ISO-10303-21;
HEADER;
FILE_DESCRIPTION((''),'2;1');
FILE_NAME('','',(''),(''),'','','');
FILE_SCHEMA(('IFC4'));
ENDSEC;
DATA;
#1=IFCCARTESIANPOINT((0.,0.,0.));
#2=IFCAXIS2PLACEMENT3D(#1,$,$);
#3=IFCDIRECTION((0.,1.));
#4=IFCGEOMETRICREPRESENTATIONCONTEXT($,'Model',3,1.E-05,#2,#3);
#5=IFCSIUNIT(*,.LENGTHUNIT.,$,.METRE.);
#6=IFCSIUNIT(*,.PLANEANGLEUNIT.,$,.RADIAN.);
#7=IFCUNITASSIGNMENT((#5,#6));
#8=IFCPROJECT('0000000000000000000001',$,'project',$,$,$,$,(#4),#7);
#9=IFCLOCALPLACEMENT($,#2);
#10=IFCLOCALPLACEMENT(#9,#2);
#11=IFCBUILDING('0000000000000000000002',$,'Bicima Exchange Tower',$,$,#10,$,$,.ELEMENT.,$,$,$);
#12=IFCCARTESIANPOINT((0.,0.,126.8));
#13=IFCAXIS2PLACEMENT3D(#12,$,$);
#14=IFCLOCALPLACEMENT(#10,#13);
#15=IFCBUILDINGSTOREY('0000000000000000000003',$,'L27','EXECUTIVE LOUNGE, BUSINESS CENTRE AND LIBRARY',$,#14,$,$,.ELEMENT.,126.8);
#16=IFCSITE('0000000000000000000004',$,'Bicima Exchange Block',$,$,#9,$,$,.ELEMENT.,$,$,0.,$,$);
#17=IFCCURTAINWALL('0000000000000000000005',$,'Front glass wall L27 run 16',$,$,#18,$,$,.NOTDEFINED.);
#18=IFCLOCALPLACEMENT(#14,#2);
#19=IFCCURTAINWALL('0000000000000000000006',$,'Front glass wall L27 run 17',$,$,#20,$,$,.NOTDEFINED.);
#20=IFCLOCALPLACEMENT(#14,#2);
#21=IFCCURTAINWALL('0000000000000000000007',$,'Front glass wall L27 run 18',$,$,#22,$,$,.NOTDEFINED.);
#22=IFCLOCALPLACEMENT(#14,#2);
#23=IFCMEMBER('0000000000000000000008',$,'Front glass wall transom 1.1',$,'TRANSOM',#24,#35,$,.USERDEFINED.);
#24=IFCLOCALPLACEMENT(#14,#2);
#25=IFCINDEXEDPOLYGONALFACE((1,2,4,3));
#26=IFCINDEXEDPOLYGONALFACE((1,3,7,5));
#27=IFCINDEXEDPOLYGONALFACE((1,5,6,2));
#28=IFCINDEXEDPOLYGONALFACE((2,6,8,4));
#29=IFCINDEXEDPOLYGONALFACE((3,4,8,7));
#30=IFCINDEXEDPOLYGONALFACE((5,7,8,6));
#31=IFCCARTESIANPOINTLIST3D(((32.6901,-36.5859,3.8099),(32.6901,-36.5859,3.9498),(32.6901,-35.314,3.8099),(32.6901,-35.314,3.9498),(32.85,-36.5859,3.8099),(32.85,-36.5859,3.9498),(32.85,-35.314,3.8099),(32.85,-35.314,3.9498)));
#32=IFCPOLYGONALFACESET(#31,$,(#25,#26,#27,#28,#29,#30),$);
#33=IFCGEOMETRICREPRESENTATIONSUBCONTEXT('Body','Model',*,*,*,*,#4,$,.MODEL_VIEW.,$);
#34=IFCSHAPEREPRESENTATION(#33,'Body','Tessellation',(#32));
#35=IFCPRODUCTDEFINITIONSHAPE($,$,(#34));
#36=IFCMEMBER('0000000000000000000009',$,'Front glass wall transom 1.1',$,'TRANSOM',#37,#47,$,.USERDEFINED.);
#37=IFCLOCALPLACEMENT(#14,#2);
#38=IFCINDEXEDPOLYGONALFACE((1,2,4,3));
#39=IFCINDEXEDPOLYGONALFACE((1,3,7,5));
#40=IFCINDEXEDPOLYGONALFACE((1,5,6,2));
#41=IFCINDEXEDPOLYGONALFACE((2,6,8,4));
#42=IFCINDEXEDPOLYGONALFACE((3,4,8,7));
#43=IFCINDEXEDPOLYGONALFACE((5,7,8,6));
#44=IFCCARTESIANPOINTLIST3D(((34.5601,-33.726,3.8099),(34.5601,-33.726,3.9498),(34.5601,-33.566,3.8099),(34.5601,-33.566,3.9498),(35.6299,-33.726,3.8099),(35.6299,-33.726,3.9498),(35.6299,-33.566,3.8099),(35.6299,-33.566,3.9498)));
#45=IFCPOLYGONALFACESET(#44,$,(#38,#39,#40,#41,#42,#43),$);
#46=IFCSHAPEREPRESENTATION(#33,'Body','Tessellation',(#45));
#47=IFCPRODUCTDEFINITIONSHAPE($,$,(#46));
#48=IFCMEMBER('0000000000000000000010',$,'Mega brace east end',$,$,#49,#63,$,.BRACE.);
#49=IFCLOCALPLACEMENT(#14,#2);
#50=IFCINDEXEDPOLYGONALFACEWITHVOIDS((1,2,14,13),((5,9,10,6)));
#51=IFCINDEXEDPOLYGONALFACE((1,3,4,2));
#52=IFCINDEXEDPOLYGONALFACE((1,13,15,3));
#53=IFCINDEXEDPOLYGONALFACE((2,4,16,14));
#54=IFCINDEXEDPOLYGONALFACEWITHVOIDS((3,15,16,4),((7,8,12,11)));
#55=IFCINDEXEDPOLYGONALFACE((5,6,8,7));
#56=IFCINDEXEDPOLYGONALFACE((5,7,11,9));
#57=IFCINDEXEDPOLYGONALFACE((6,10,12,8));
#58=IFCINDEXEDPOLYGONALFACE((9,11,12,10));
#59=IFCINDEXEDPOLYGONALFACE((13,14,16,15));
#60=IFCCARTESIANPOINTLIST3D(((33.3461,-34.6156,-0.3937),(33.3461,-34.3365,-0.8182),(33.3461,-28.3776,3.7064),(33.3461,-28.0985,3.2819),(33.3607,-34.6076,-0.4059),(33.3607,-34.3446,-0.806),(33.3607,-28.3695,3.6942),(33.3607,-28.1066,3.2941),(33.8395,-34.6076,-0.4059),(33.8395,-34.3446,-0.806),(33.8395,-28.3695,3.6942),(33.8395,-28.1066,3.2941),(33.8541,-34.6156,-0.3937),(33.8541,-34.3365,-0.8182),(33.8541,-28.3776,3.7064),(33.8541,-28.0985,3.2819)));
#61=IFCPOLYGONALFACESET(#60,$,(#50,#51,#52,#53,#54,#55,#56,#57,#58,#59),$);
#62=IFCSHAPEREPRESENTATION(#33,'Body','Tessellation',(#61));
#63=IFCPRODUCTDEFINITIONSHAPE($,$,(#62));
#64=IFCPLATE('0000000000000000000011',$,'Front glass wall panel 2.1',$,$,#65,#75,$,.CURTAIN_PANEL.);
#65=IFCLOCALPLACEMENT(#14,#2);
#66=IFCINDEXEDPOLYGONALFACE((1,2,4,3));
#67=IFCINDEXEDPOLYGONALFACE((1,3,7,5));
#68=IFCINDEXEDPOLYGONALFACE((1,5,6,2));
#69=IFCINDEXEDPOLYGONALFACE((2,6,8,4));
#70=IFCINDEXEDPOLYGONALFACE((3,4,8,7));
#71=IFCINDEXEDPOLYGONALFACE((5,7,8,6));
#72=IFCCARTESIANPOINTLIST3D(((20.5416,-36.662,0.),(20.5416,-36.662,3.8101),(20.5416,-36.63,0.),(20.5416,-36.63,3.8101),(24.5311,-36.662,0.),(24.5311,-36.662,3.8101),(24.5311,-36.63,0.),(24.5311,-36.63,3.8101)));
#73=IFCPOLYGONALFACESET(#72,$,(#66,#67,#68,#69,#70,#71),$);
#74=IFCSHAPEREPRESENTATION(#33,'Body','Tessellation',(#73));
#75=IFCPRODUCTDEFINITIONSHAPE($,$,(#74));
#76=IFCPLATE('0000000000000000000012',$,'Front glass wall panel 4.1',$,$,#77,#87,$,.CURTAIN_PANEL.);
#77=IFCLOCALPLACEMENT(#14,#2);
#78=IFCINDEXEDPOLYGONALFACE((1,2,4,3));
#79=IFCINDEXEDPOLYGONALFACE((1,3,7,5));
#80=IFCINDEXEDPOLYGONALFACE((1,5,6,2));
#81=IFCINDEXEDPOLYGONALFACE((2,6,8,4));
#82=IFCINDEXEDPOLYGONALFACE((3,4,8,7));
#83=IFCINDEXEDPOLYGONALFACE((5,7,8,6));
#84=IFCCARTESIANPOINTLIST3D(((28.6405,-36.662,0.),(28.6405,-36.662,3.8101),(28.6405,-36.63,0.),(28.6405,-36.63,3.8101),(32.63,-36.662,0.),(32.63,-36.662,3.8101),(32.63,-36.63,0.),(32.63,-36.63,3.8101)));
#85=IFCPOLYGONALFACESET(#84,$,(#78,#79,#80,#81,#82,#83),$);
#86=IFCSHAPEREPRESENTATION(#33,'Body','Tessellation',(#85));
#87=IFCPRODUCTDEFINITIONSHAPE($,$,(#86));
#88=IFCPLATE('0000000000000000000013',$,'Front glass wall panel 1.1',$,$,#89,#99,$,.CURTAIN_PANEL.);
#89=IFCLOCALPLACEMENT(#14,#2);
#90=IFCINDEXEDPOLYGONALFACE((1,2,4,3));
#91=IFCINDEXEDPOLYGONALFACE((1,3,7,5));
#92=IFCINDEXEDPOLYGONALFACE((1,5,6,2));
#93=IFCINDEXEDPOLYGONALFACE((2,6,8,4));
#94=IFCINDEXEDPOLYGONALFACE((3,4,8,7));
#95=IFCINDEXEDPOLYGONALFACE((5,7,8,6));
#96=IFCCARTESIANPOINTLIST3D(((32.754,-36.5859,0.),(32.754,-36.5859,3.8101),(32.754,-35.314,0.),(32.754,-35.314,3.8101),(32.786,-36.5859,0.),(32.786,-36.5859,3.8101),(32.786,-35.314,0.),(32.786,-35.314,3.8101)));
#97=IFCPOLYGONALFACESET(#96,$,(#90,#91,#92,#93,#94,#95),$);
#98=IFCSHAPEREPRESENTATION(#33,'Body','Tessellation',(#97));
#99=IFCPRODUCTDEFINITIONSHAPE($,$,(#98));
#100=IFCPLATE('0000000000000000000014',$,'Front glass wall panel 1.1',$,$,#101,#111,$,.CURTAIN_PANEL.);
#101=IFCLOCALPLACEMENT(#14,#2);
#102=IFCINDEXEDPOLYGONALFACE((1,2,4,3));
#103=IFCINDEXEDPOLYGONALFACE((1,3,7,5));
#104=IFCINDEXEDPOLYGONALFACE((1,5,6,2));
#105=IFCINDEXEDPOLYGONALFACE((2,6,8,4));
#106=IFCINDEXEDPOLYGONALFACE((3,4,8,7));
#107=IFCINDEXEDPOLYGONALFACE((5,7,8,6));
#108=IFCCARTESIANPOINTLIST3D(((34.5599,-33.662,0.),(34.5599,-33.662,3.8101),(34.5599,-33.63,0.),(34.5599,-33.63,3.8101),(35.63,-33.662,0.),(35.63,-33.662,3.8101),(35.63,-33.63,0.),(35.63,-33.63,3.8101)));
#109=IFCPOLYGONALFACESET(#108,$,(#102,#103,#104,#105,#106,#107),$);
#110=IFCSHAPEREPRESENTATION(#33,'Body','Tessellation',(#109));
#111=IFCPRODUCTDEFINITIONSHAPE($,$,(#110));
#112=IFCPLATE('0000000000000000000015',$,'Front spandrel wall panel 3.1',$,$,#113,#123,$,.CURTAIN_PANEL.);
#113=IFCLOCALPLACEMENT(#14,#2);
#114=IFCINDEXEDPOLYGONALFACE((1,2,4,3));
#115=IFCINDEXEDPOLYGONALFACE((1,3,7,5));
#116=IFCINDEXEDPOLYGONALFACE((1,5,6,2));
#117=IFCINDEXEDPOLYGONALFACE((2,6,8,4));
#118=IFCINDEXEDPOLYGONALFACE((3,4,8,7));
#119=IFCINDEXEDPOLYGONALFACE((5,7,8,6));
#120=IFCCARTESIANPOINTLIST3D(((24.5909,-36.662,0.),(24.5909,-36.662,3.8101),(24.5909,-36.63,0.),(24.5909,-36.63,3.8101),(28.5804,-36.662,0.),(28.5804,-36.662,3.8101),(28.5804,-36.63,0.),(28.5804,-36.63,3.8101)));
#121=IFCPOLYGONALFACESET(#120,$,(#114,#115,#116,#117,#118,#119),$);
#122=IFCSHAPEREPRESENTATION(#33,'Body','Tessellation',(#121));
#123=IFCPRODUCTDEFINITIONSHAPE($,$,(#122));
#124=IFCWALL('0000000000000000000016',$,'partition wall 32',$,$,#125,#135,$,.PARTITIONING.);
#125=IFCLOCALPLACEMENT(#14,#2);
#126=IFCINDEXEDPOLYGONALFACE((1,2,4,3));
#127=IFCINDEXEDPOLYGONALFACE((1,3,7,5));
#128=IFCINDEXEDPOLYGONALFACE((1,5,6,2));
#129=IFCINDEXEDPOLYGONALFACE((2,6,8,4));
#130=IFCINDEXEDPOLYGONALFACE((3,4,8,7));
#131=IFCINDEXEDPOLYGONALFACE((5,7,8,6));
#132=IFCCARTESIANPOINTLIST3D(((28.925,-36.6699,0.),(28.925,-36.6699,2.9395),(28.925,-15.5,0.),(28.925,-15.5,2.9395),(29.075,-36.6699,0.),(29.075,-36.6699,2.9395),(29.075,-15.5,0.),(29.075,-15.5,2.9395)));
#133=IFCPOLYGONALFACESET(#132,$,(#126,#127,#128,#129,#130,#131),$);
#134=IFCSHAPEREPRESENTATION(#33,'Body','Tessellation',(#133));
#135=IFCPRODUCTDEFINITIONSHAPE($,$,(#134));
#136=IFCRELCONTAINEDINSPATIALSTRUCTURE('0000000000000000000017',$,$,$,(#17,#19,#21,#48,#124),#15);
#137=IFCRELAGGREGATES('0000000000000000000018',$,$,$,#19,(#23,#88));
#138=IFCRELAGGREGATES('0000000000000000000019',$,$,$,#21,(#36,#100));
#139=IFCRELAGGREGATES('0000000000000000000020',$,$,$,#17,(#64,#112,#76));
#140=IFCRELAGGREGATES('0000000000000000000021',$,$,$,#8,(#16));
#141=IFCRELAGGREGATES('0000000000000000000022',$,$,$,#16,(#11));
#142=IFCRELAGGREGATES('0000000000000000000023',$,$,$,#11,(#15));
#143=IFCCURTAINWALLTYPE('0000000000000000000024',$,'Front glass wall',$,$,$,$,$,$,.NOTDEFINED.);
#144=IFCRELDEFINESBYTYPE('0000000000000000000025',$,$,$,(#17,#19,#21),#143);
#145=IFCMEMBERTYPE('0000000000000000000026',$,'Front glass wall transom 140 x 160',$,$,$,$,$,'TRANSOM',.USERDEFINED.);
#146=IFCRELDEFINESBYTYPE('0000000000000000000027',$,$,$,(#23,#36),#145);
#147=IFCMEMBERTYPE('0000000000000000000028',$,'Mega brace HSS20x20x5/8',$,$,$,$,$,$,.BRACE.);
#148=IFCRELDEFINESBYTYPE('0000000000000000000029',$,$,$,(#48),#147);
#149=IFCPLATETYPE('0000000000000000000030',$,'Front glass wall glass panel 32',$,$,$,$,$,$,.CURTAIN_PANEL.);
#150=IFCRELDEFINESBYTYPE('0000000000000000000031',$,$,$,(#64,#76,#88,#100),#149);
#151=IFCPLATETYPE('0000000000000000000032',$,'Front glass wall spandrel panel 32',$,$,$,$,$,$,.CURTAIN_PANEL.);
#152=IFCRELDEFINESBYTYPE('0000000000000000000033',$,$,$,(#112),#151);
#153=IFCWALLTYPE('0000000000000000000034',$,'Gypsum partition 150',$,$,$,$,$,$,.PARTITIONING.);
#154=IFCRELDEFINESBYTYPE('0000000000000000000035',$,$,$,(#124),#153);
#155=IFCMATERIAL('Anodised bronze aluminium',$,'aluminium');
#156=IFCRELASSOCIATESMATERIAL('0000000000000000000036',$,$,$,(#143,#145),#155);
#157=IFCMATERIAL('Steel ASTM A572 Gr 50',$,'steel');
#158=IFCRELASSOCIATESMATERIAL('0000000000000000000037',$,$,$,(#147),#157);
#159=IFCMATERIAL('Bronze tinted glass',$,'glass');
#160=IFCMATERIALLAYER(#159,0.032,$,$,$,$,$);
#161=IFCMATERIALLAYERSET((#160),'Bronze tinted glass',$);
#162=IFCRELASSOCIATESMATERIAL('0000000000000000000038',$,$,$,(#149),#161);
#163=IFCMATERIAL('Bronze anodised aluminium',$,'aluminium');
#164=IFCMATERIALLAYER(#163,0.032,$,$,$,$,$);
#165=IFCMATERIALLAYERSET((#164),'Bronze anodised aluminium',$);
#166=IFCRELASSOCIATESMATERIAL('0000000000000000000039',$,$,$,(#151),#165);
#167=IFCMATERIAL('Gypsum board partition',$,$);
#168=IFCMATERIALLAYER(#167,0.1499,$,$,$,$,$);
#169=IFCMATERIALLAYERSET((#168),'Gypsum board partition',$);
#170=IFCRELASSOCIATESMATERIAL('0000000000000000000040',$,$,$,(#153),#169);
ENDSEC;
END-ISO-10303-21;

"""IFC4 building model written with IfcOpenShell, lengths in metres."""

from ifc_helpers import new_model, si_unit, direction, frame, frame_2d, origin, origin_2d, place, context, subcontext, project, spatial, rectangle, hollow_rectangle, extrude, material, layer, layer_set, material_profile, profile_set, type_object, element, aggregate, save


model = new_model("IFC4")

# Units and contexts
model_context = context("Model", 3, precision=1e-05, world=origin(), true_north=direction((0.0, 1.0)))
body_context = subcontext(model_context, "Body", "Model", "MODEL_VIEW")
ifc_project = project(units=[si_unit("LENGTHUNIT", "METRE"), si_unit("PLANEANGLEUNIT", "RADIAN")], contexts=[model_context])

# Site, building, storey
site_placement = place(None, origin())
site = spatial("IfcSite", under=ifc_project, at=site_placement, Name="Bicima Exchange Block", CompositionType="ELEMENT", RefElevation=0.0)
building_placement = place(site_placement, origin())
building = spatial("IfcBuilding", under=site, at=building_placement, Name="Bicima Exchange Tower", CompositionType="ELEMENT")
storey_placement = place(building_placement, frame((0.0, 0.0, 126.8)))
storey = spatial("IfcBuildingStorey", under=building, at=storey_placement, Name="L27", Description="EXECUTIVE LOUNGE, BUSINESS CENTRE AND LIBRARY", CompositionType="ELEMENT", Elevation=126.8)

# Shared definitions
ifc_material_1 = material(Name="Steel ASTM A572 Gr 50", Category="steel")

# Curtain walls
ifc_material_2 = material(Name="Anodised bronze aluminium", Category="aluminium")
curtain_wall_type = type_object("IfcCurtainWallType", Name="Front glass wall", PredefinedType="NOTDEFINED", material=ifc_material_2)
curtain_wall_1_placement = place(storey_placement, origin())
curtain_wall_1 = element("IfcCurtainWall", 1, at=curtain_wall_1_placement, inside=storey, type_object=curtain_wall_type, Name="Front glass wall L27 run 16", PredefinedType="NOTDEFINED")
curtain_wall_2_placement = place(storey_placement, origin())
curtain_wall_2 = element("IfcCurtainWall", 2, at=curtain_wall_2_placement, inside=storey, type_object=curtain_wall_type, Name="Front glass wall L27 run 17", PredefinedType="NOTDEFINED")
curtain_wall_3_placement = place(storey_placement, origin())
curtain_wall_3 = element("IfcCurtainWall", 3, at=curtain_wall_3_placement, inside=storey, type_object=curtain_wall_type, Name="Front glass wall L27 run 18", PredefinedType="NOTDEFINED")

# Members
ifc_material_profile_1 = material_profile(ifc_material_2, rectangle(XDim=0.1599, YDim=0.1399, at=origin_2d()))
ifc_profile_set_1 = profile_set([ifc_material_profile_1], Name="Anodised bronze aluminium")
member_type_1 = type_object("IfcMemberType", Name="Front glass wall transom 140 x 160", ElementType="TRANSOM", PredefinedType="USERDEFINED", material=ifc_profile_set_1)
member_1_placement = place(storey_placement, frame((32.77, -36.5859, 3.8799), z_axis=(0.0, 1.0, 0.0), x_axis=(-1.0, 0.0, 0.0)))
member_1 = element("IfcMember", 4, at=member_1_placement, type_object=member_type_1, Name="Front glass wall transom 1.1", ObjectType="TRANSOM", PredefinedType="USERDEFINED", context=body_context, shape_type="SweptSolid", body=[
    extrude(rectangle(XDim=0.1599, YDim=0.1399, at=origin_2d()), origin(), (0.0, 0.0, 1.0), 1.272),
])
member_2_placement = place(storey_placement, frame((34.5601, -33.646, 3.8799), z_axis=(1.0, 0.0, 0.0), x_axis=(0.0, 1.0, 0.0)))
member_2 = element("IfcMember", 5, at=member_2_placement, type_object=member_type_1, Name="Front glass wall transom 1.1", ObjectType="TRANSOM", PredefinedType="USERDEFINED", context=body_context, shape_type="SweptSolid", body=[
    extrude(rectangle(XDim=0.1599, YDim=0.1399, at=origin_2d()), origin(), (0.0, 0.0, 1.0), 1.0698),
])
ifc_material_profile_2 = material_profile(ifc_material_1, hollow_rectangle(XDim=0.5081, YDim=0.5081, WallThickness=0.0146, at=origin_2d()))
ifc_profile_set_2 = profile_set([ifc_material_profile_2], Name="Steel ASTM A572 Gr 50")
member_type_2 = type_object("IfcMemberType", Name="Mega brace HSS20x20x5/8", PredefinedType="BRACE", material=ifc_profile_set_2)
member_3_placement = place(storey_placement, frame((33.6001, -34.4761, -0.606), z_axis=(0.0, 0.835655, 0.549254), x_axis=(-1.0, 0.0, 0.0)))
element("IfcMember", 6, at=member_3_placement, inside=storey, type_object=member_type_2, Name="Mega brace east end", PredefinedType="BRACE", context=body_context, shape_type="SweptSolid", body=[
    extrude(hollow_rectangle(XDim=0.5081, YDim=0.5081, WallThickness=0.0146, at=origin_2d()), origin(), (0.0, 0.0, 1.0), 7.4648),
])

# Plates
ifc_material_3 = material(Name="Bronze tinted glass", Category="glass")
ifc_layer_1 = layer(ifc_material_3, 0.032)
ifc_layer_set_1 = layer_set([ifc_layer_1], Name="Bronze tinted glass")
plate_type_1 = type_object("IfcPlateType", Name="Front glass wall glass panel 32", PredefinedType="CURTAIN_PANEL", material=ifc_layer_set_1)
plate_1_placement = place(storey_placement, frame((22.5364, -36.646, 0.0), z_axis=(0.0, 0.0, 1.0), x_axis=(1.0, 0.0, 0.0)))
plate_1 = element("IfcPlate", 7, at=plate_1_placement, type_object=plate_type_1, Name="Front glass wall panel 2.1", PredefinedType="CURTAIN_PANEL", context=body_context, shape_type="SweptSolid", body=[
    extrude(rectangle(XDim=3.9895, YDim=0.032, at=origin_2d()), origin(), (0.0, 0.0, 1.0), 3.8101),
])
plate_2_placement = place(storey_placement, frame((30.6353, -36.646, 0.0), z_axis=(0.0, 0.0, 1.0), x_axis=(1.0, 0.0, 0.0)))
plate_2 = element("IfcPlate", 8, at=plate_2_placement, type_object=plate_type_1, Name="Front glass wall panel 4.1", PredefinedType="CURTAIN_PANEL", context=body_context, shape_type="SweptSolid", body=[
    extrude(rectangle(XDim=3.9895, YDim=0.032, at=origin_2d()), origin(), (0.0, 0.0, 1.0), 3.8101),
])
plate_3_placement = place(storey_placement, frame((32.77, -35.95, 0.0), z_axis=(0.0, 0.0, 1.0), x_axis=(0.0, 1.0, 0.0)))
plate_3 = element("IfcPlate", 9, at=plate_3_placement, type_object=plate_type_1, Name="Front glass wall panel 1.1", PredefinedType="CURTAIN_PANEL", context=body_context, shape_type="SweptSolid", body=[
    extrude(rectangle(XDim=1.272, YDim=0.032, at=origin_2d()), origin(), (0.0, 0.0, 1.0), 3.8101),
])
aggregate(curtain_wall_2, [member_1, plate_3])
plate_4_placement = place(storey_placement, frame((35.095, -33.646, 0.0), z_axis=(0.0, 0.0, 1.0), x_axis=(1.0, 0.0, 0.0)))
plate_4 = element("IfcPlate", 10, at=plate_4_placement, type_object=plate_type_1, Name="Front glass wall panel 1.1", PredefinedType="CURTAIN_PANEL", context=body_context, shape_type="SweptSolid", body=[
    extrude(rectangle(XDim=1.0701, YDim=0.032, at=origin_2d()), origin(), (0.0, 0.0, 1.0), 3.8101),
])
aggregate(curtain_wall_3, [member_2, plate_4])
ifc_material_4 = material(Name="Bronze anodised aluminium", Category="aluminium")
ifc_layer_2 = layer(ifc_material_4, 0.032)
ifc_layer_set_2 = layer_set([ifc_layer_2], Name="Bronze anodised aluminium")
plate_type_2 = type_object("IfcPlateType", Name="Front glass wall spandrel panel 32", PredefinedType="CURTAIN_PANEL", material=ifc_layer_set_2)
plate_5_placement = place(storey_placement, frame((26.5857, -36.646, 0.0), z_axis=(0.0, 0.0, 1.0), x_axis=(1.0, 0.0, 0.0)))
plate_5 = element("IfcPlate", 11, at=plate_5_placement, type_object=plate_type_2, Name="Front spandrel wall panel 3.1", PredefinedType="CURTAIN_PANEL", context=body_context, shape_type="SweptSolid", body=[
    extrude(rectangle(XDim=3.9895, YDim=0.032, at=origin_2d()), origin(), (0.0, 0.0, 1.0), 3.8101),
])
aggregate(curtain_wall_1, [plate_1, plate_5, plate_2])

# Wall
ifc_material_5 = material(Name="Gypsum board partition")
ifc_layer_3 = layer(ifc_material_5, 0.1499)
ifc_layer_set_3 = layer_set([ifc_layer_3], Name="Gypsum board partition")
wall_type = type_object("IfcWallType", Name="Gypsum partition 150", PredefinedType="PARTITIONING", material=ifc_layer_set_3)
wall_placement = place(storey_placement, frame((29.0, -36.6699, 0.0), z_axis=(0.0, 0.0, 1.0), x_axis=(0.0, 1.0, 0.0)))
element("IfcWall", 12, at=wall_placement, inside=storey, type_object=wall_type, Name="partition wall 32", PredefinedType="PARTITIONING", context=body_context, shape_type="SweptSolid", body=[
    extrude(rectangle(XDim=21.1699, YDim=0.1499, at=frame_2d((10.585, 0.0))), origin(), (0.0, 0.0, 1.0), 2.9395),
])

save(model, "model.ifc")
